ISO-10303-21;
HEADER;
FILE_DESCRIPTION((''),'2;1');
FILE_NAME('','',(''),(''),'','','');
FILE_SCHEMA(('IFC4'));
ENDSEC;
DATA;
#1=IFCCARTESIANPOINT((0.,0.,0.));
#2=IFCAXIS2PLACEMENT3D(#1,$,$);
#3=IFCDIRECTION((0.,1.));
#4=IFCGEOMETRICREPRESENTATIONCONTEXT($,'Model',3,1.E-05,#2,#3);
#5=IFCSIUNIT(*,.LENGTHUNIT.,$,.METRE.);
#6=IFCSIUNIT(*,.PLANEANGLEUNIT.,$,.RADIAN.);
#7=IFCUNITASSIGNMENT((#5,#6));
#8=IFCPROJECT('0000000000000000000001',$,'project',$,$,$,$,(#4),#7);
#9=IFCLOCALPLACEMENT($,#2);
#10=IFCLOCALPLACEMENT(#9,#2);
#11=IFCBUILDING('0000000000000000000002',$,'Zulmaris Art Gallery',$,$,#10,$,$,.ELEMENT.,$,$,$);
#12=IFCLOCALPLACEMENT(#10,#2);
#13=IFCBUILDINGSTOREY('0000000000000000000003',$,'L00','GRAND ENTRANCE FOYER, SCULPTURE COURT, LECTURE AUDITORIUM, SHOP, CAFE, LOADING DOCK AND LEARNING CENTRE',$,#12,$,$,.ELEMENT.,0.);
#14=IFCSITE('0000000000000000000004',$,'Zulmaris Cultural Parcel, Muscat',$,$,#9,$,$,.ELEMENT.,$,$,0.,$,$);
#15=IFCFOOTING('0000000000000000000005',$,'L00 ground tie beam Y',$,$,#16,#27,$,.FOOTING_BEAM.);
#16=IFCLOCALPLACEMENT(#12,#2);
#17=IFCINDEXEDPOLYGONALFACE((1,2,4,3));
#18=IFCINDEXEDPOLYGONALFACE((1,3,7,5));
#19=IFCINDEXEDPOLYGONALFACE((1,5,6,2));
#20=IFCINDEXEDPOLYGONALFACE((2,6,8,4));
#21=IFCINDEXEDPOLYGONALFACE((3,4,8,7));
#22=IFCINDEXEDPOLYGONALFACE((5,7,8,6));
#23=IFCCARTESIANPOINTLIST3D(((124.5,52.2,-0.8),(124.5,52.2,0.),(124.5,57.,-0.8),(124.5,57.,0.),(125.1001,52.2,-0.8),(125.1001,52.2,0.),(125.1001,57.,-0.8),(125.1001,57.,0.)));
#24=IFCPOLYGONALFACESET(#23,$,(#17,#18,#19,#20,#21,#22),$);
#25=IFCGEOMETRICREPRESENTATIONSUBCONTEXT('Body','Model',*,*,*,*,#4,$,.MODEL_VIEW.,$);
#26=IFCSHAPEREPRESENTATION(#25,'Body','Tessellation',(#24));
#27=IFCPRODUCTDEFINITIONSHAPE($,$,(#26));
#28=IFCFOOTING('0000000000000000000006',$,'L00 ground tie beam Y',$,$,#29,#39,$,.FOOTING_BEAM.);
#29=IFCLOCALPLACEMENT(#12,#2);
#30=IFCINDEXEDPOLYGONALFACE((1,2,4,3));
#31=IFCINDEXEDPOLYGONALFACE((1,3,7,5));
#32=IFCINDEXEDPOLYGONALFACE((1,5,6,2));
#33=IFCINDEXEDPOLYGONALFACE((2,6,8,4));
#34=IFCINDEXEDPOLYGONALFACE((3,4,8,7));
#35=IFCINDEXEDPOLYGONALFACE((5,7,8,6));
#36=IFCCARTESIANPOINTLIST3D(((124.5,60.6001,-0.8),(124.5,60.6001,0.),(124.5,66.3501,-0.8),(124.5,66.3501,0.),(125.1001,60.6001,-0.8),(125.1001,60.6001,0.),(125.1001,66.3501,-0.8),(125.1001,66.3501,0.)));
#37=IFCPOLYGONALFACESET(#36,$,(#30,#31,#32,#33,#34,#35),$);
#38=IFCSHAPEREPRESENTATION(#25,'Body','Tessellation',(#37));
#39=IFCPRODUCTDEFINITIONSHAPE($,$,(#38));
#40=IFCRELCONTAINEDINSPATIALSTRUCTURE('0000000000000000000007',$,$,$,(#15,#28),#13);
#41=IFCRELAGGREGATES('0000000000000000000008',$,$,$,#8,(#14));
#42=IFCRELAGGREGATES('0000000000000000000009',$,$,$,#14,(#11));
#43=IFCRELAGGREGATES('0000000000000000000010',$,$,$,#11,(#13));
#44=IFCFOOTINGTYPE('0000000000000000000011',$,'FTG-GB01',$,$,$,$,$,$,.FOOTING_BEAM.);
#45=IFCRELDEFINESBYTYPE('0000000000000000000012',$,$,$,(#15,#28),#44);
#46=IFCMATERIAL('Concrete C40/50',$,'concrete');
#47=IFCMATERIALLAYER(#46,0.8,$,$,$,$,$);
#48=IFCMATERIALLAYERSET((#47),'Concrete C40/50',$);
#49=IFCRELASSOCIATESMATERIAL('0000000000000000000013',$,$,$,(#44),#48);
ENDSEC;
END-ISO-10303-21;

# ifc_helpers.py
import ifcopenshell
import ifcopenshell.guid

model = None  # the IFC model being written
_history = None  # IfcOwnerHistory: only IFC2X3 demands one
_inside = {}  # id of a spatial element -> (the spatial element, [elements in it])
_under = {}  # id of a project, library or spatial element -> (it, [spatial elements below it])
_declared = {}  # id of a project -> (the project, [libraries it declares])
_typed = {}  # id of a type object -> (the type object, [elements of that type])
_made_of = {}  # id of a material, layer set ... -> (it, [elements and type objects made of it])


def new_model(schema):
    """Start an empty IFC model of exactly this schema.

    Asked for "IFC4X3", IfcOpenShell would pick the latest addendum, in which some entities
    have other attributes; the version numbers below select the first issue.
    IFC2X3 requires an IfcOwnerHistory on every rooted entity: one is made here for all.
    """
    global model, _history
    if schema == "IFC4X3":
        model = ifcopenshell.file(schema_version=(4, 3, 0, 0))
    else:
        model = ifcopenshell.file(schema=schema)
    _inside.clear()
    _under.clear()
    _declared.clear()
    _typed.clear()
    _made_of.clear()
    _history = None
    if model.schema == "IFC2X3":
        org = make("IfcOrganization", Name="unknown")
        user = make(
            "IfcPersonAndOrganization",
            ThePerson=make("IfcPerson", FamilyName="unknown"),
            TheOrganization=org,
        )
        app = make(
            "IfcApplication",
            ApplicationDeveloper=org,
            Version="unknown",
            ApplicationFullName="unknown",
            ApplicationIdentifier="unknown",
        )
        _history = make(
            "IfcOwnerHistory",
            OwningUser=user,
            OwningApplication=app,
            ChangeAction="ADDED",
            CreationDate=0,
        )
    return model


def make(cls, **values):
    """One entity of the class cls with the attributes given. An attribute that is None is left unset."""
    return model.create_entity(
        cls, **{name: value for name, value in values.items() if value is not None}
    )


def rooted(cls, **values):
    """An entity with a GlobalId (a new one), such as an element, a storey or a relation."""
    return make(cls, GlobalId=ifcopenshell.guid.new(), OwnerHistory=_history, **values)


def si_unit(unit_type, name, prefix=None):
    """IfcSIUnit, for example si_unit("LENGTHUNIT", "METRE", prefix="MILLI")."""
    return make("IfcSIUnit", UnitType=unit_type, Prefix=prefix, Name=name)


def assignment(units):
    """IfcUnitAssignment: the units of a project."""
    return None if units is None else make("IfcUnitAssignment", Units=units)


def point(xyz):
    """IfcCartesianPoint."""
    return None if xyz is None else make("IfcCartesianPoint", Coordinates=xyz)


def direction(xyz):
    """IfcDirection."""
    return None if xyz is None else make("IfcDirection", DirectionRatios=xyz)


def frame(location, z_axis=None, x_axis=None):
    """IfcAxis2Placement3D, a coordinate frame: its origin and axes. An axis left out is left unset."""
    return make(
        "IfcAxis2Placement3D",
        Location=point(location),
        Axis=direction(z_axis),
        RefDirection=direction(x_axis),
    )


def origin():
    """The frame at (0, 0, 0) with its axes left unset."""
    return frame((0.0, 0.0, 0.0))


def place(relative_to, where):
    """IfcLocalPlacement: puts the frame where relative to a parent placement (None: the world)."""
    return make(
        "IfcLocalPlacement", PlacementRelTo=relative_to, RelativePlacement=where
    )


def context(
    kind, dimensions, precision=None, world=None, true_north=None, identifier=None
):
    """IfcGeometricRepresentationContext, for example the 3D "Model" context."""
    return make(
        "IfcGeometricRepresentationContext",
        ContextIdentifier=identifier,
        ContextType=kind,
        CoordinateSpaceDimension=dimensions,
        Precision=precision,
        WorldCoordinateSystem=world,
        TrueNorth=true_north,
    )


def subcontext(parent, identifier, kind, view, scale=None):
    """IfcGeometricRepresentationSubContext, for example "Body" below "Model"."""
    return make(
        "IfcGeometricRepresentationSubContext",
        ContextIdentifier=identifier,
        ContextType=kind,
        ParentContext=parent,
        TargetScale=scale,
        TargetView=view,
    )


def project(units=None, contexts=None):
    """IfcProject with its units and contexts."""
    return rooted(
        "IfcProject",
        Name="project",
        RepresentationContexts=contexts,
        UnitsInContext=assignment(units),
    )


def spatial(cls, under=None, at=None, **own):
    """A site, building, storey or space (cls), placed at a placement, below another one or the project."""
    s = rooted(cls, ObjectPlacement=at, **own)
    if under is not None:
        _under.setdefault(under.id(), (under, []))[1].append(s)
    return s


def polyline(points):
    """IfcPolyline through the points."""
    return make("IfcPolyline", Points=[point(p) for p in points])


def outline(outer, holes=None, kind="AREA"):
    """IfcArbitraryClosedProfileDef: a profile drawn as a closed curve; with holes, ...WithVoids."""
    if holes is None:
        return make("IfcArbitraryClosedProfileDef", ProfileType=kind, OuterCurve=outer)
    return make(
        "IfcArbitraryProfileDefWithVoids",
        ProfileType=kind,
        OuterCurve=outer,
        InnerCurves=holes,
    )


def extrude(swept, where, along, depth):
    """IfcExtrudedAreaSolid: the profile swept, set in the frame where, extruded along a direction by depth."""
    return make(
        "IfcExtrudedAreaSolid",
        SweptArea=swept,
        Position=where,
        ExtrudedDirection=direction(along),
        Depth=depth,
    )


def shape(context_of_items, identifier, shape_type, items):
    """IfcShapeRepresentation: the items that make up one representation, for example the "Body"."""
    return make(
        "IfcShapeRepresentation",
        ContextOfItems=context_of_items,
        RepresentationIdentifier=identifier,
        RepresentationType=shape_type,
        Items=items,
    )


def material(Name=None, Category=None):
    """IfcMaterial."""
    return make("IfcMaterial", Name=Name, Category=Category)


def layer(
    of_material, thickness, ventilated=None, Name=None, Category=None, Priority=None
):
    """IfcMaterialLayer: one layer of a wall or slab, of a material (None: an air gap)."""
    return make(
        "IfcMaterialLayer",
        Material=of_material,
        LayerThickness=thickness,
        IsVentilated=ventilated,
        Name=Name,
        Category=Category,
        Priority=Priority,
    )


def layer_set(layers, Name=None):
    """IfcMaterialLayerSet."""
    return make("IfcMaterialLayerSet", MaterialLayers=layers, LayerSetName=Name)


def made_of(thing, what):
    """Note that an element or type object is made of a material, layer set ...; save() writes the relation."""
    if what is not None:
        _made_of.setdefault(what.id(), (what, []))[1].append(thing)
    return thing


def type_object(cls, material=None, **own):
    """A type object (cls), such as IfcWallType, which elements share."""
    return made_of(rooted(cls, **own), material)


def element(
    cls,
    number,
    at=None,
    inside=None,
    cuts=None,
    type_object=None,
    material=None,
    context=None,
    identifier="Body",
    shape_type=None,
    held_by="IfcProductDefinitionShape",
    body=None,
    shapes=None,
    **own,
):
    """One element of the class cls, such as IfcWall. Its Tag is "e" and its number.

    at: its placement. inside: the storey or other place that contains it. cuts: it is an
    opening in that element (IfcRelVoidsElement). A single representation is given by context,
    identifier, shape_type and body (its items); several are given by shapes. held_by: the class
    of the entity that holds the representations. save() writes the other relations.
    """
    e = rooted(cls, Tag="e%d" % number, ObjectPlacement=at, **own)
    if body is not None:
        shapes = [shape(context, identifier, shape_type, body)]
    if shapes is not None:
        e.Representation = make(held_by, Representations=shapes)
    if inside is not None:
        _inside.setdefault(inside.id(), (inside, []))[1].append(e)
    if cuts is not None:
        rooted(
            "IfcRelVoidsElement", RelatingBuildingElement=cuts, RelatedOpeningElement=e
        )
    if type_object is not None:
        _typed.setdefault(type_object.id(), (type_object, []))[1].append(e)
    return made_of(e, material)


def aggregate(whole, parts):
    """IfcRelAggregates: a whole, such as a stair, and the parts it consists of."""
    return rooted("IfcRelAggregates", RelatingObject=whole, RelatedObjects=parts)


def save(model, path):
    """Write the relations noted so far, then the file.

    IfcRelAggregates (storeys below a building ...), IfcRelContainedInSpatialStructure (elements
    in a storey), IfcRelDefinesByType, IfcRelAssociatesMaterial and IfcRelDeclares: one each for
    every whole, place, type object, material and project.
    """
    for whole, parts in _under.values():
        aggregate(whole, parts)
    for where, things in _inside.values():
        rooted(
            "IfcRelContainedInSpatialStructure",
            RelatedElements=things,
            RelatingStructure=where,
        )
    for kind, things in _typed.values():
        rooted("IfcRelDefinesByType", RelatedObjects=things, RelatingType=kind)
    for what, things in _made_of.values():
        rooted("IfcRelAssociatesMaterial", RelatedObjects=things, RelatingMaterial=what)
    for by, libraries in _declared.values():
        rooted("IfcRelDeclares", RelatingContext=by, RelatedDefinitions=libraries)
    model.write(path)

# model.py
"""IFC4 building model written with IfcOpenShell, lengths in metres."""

from ifc_helpers import new_model, si_unit, direction, frame, origin, place, context, subcontext, project, spatial, polyline, outline, extrude, material, layer, layer_set, type_object, element, save


model = new_model("IFC4")

# Units and contexts
model_context = context("Model", 3, precision=1e-05, world=origin(), true_north=direction((0.0, 1.0)))
body_context = subcontext(model_context, "Body", "Model", "MODEL_VIEW")
ifc_project = project(units=[si_unit("LENGTHUNIT", "METRE"), si_unit("PLANEANGLEUNIT", "RADIAN")], contexts=[model_context])

# Site, building, storey
site_placement = place(None, origin())
site = spatial("IfcSite", under=ifc_project, at=site_placement, Name="Zulmaris Cultural Parcel, Muscat", CompositionType="ELEMENT", RefElevation=0.0)
building_placement = place(site_placement, origin())
building = spatial("IfcBuilding", under=site, at=building_placement, Name="Zulmaris Art Gallery", CompositionType="ELEMENT")
storey_placement = place(building_placement, origin())
storey = spatial("IfcBuildingStorey", under=building, at=storey_placement, Name="L00", Description="GRAND ENTRANCE FOYER, SCULPTURE COURT, LECTURE AUDITORIUM, SHOP, CAFE, LOADING DOCK AND LEARNING CENTRE", CompositionType="ELEMENT", Elevation=0.0)

# Footings
ifc_material = material(Name="Concrete C40/50", Category="concrete")
ifc_layer = layer(ifc_material, 0.8)
ifc_layer_set = layer_set([ifc_layer], Name="Concrete C40/50")
footing_type = type_object("IfcFootingType", Name="FTG-GB01", PredefinedType="FOOTING_BEAM", material=ifc_layer_set)
footing_1_placement = place(storey_placement, frame((0.0, 0.0, -0.8)))
element("IfcFooting", 1, at=footing_1_placement, inside=storey, type_object=footing_type, Name="L00 ground tie beam Y", PredefinedType="FOOTING_BEAM", context=body_context, shape_type="SweptSolid", body=[
    extrude(outline(polyline([(124.5, 52.2), (125.1001, 52.2), (125.1001, 57.0), (124.5, 57.0), (124.5, 52.2)])), origin(), (0.0, 0.0, 1.0), 0.8),
])
footing_2_placement = place(storey_placement, frame((0.0, 0.0, -0.8)))
element("IfcFooting", 2, at=footing_2_placement, inside=storey, type_object=footing_type, Name="L00 ground tie beam Y", PredefinedType="FOOTING_BEAM", context=body_context, shape_type="SweptSolid", body=[
    extrude(outline(polyline([(124.5, 60.6001), (125.1001, 60.6001), (125.1001, 66.3501), (124.5, 66.3501), (124.5, 60.6001)])), origin(), (0.0, 0.0, 1.0), 0.8),
])

save(model, "model.ifc")
